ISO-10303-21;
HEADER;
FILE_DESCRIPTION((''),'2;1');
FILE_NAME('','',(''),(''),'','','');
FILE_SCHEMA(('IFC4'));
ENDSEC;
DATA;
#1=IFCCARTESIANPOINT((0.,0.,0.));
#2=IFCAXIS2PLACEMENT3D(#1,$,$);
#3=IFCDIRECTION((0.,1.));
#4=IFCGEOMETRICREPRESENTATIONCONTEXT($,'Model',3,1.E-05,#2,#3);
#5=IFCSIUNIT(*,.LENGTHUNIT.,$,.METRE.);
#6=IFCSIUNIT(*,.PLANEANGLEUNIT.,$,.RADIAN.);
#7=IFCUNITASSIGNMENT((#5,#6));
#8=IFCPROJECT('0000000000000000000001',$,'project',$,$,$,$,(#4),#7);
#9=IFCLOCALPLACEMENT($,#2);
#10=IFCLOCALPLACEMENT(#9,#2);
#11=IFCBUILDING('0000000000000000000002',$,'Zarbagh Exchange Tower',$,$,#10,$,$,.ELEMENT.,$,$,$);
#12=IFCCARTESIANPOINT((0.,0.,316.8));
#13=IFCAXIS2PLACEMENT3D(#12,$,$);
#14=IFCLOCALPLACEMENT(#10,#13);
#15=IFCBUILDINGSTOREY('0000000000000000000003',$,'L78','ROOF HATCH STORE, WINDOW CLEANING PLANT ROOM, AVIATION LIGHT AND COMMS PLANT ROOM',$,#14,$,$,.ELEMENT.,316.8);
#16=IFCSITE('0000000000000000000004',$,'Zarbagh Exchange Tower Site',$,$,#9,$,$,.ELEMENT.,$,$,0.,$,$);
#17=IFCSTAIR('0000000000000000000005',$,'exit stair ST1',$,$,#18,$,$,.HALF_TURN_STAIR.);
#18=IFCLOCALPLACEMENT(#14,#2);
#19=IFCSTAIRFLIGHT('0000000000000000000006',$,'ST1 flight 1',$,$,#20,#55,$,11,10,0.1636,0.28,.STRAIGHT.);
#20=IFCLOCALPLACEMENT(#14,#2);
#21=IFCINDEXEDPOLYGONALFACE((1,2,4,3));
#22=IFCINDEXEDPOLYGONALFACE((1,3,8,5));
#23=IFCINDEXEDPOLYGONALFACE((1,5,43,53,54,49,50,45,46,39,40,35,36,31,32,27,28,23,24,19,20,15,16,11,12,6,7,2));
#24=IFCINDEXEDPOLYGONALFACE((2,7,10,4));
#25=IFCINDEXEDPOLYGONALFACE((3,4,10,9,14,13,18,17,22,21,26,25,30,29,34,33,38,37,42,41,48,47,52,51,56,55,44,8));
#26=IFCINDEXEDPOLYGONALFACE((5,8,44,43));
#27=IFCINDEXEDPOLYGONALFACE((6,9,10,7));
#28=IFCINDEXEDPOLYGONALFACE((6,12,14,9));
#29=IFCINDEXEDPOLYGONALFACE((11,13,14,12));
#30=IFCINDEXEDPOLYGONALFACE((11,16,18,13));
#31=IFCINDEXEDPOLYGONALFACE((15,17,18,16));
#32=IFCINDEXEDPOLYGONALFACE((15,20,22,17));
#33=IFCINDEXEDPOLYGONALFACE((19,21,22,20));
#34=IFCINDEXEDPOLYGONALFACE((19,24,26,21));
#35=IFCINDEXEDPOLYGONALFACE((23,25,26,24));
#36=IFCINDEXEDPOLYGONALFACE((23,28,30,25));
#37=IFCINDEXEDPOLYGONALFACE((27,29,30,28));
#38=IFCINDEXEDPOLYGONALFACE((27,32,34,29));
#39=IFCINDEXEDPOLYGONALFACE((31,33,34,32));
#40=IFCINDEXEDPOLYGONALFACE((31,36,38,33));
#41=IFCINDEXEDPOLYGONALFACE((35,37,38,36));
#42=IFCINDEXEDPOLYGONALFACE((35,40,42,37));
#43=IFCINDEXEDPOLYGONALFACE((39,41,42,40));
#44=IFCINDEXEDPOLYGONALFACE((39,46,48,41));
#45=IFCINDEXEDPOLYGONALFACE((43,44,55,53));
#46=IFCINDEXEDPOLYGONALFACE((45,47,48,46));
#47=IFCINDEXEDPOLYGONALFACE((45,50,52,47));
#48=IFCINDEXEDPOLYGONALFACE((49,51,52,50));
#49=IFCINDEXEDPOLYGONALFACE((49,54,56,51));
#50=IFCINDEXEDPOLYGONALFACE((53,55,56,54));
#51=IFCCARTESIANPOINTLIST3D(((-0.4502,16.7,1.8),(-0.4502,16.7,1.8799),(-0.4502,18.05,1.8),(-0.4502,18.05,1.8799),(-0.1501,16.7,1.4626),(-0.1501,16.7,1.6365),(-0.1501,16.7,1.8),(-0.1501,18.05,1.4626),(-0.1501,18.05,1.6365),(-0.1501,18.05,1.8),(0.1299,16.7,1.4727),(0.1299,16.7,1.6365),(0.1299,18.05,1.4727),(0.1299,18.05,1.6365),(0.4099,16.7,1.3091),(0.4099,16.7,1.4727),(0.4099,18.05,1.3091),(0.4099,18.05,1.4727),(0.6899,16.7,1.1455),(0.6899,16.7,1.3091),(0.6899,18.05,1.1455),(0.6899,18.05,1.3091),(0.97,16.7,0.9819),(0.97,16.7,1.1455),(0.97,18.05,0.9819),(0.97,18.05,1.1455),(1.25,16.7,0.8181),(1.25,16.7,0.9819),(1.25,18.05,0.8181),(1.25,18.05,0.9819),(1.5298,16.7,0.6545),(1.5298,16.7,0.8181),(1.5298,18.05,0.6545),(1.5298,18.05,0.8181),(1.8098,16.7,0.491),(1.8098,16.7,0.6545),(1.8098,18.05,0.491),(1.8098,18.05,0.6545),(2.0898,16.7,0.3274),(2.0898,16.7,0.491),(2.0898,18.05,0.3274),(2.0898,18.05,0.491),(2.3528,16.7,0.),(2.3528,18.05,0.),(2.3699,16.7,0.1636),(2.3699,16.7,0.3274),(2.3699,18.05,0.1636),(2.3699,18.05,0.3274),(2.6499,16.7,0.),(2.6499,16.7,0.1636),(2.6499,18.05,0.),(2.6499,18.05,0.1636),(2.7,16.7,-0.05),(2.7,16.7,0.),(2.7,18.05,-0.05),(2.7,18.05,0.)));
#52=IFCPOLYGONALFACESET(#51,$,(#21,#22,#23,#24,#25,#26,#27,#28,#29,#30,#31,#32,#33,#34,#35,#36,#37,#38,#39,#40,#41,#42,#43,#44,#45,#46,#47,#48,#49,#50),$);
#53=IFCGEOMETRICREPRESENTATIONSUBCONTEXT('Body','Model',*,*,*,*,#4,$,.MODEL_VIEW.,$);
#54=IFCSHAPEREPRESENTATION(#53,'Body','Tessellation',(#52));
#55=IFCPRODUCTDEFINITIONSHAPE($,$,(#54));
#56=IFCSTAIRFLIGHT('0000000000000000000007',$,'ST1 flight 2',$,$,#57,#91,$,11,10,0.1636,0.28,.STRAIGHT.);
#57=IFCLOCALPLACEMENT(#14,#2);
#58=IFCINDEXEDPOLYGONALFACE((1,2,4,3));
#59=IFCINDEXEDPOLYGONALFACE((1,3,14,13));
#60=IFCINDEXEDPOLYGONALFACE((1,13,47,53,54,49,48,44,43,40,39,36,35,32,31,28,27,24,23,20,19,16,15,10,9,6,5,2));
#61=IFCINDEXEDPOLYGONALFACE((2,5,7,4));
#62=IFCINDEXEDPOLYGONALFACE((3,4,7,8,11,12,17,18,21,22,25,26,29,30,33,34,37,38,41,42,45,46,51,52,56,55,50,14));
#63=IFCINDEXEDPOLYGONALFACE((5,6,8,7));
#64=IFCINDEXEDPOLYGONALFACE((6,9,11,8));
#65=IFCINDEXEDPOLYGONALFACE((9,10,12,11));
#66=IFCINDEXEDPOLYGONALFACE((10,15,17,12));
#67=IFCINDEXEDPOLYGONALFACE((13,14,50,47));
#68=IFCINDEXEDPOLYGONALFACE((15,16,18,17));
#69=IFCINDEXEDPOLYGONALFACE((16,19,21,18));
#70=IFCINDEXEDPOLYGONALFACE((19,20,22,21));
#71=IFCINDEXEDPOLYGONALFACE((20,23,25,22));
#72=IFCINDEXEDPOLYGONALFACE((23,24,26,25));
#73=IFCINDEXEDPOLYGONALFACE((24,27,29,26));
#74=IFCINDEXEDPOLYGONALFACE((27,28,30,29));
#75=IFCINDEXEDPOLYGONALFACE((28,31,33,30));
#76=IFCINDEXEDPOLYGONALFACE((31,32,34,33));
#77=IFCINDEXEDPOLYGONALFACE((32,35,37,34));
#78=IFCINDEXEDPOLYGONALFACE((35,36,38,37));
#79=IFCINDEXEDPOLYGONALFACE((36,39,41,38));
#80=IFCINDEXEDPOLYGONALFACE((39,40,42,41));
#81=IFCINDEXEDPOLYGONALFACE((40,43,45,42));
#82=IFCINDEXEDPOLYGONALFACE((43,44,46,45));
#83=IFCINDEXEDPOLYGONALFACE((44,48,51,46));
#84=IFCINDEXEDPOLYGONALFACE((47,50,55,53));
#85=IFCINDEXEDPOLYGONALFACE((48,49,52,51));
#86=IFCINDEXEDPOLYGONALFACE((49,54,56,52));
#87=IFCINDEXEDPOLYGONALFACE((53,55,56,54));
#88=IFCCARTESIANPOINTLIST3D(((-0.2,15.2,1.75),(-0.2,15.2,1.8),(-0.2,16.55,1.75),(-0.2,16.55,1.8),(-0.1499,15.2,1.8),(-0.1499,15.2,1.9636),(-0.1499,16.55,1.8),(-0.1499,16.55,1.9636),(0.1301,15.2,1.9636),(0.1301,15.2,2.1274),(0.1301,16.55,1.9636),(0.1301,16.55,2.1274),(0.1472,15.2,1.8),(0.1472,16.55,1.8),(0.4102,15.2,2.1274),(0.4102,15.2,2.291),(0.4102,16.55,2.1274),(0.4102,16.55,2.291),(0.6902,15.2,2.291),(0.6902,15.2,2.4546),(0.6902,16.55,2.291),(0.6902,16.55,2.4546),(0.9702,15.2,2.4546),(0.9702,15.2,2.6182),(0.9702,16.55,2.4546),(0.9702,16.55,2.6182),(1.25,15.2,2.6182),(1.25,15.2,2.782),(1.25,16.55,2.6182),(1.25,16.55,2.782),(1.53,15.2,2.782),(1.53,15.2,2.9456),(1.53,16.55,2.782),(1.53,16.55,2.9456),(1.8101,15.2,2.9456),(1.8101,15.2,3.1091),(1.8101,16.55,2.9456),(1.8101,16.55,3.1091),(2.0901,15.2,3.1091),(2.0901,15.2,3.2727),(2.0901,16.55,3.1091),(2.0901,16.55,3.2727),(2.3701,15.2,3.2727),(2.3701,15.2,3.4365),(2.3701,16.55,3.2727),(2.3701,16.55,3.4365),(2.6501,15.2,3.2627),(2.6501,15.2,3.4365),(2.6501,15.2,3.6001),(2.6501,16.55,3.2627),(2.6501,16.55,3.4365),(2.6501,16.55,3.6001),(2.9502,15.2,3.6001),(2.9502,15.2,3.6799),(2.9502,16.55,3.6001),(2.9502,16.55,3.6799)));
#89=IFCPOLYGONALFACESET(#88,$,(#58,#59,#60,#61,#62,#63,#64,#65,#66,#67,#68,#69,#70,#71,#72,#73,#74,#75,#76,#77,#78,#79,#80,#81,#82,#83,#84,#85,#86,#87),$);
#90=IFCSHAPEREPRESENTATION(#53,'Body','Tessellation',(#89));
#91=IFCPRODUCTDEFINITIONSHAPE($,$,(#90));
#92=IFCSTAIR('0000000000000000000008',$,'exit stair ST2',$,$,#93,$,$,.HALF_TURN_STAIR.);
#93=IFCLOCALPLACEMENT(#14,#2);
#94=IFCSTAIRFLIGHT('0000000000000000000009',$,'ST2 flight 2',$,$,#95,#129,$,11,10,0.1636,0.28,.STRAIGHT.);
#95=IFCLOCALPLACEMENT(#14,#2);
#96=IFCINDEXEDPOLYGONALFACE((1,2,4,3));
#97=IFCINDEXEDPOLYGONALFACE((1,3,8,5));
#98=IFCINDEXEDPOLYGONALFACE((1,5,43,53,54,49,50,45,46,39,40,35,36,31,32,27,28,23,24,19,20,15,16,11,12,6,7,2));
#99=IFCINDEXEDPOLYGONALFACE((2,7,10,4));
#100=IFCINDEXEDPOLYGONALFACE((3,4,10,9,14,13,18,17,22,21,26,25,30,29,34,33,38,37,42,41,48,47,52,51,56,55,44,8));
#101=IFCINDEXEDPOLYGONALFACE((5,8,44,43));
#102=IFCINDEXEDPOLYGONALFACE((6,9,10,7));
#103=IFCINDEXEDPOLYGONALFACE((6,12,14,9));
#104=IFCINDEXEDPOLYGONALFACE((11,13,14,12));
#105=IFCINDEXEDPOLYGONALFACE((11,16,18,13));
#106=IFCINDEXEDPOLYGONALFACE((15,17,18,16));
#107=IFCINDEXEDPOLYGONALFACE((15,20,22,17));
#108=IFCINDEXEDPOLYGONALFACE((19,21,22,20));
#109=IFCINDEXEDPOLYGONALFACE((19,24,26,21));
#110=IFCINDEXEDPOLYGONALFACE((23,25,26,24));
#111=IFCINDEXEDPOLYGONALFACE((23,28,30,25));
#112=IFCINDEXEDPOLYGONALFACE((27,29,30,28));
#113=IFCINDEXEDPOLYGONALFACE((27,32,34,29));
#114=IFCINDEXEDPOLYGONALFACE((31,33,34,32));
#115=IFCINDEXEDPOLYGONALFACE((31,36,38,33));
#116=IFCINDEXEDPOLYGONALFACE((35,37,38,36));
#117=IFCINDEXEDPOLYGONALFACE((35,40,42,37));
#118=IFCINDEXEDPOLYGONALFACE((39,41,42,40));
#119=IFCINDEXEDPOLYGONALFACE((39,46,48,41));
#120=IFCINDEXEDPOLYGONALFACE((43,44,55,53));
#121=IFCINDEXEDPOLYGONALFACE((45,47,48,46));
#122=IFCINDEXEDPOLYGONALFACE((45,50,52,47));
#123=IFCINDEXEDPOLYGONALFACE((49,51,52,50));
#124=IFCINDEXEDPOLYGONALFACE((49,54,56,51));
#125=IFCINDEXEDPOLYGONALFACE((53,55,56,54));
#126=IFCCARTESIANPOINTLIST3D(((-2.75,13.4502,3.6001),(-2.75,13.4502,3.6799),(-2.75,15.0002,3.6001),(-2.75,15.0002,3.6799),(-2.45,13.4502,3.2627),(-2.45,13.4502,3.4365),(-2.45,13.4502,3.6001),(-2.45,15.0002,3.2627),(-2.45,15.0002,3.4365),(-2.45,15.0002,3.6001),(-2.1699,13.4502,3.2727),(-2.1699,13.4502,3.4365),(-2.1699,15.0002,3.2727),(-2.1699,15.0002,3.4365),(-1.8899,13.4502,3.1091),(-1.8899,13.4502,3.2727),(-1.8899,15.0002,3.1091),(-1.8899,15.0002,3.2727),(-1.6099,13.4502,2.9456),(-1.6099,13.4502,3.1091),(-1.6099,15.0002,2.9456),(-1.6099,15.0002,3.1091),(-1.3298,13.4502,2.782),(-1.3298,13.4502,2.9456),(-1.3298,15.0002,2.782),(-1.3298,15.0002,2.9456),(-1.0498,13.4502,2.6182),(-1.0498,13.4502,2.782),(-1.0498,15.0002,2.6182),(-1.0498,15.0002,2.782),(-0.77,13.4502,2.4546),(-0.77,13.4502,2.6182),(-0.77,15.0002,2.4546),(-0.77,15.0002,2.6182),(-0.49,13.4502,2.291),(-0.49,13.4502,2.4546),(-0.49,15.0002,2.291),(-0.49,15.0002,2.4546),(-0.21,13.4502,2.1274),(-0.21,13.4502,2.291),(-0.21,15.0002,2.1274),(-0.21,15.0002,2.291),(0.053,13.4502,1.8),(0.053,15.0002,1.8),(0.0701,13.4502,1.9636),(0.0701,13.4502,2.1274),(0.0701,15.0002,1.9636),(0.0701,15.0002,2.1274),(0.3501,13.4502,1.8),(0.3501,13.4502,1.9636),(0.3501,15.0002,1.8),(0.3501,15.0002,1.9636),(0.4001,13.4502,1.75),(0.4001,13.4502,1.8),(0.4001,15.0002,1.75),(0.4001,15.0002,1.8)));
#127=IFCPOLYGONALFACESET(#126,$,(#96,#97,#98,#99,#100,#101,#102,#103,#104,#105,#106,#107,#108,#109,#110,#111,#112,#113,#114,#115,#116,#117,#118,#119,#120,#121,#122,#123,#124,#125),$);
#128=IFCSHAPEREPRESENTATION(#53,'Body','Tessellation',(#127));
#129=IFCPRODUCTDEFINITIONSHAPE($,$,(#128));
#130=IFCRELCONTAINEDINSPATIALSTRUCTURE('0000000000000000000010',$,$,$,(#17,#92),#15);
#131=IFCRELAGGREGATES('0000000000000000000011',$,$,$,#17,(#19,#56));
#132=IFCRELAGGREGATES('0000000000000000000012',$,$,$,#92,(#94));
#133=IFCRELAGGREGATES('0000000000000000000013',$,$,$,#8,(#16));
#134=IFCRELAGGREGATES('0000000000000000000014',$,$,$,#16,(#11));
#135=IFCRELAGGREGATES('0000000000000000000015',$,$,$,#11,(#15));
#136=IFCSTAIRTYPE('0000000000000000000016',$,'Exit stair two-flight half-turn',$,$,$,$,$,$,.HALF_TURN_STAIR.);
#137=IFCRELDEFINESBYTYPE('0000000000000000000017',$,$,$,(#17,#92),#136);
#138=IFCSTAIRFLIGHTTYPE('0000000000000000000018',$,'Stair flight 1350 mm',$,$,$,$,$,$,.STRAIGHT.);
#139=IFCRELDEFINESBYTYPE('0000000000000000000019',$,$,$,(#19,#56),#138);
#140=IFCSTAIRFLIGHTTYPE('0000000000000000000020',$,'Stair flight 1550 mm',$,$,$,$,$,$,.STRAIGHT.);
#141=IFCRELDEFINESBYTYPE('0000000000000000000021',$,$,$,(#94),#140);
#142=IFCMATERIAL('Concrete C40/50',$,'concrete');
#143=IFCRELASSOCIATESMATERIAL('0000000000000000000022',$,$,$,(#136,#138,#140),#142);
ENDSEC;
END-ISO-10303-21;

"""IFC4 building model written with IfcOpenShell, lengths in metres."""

from ifc_helpers import new_model, si_unit, direction, frame, origin, place, context, subcontext, project, spatial, polyline, outline, extrude, material, type_object, element, aggregate, save


model = new_model("IFC4")

# Units and contexts
model_context = context("Model", 3, precision=1e-05, world=origin(), true_north=direction((0.0, 1.0)))
body_context = subcontext(model_context, "Body", "Model", "MODEL_VIEW")
ifc_project = project(units=[si_unit("LENGTHUNIT", "METRE"), si_unit("PLANEANGLEUNIT", "RADIAN")], contexts=[model_context])

# Site, building, storey
site_placement = place(None, origin())
site = spatial("IfcSite", under=ifc_project, at=site_placement, Name="Zarbagh Exchange Tower Site", CompositionType="ELEMENT", RefElevation=0.0)
building_placement = place(site_placement, origin())
building = spatial("IfcBuilding", under=site, at=building_placement, Name="Zarbagh Exchange Tower", CompositionType="ELEMENT")
storey_placement = place(building_placement, frame((0.0, 0.0, 316.8)))
storey = spatial("IfcBuildingStorey", under=building, at=storey_placement, Name="L78", Description="ROOF HATCH STORE, WINDOW CLEANING PLANT ROOM, AVIATION LIGHT AND COMMS PLANT ROOM", CompositionType="ELEMENT", Elevation=316.8)

# Shared definitions
ifc_material_1 = material(Name="Concrete C40/50", Category="concrete")

# Stair, stair flights
stair_type = type_object("IfcStairType", Name="Exit stair two-flight half-turn", PredefinedType="HALF_TURN_STAIR", material=ifc_material_1)
stair_1_placement = place(storey_placement, origin())
stair_1 = element("IfcStair", 1, at=stair_1_placement, inside=storey, type_object=stair_type, Name="exit stair ST1", PredefinedType="HALF_TURN_STAIR")
stair_flight_type_1 = type_object("IfcStairFlightType", Name="Stair flight 1350 mm", PredefinedType="STRAIGHT", material=ifc_material_1)
stair_flight_1_placement = place(storey_placement, frame((2.6499, 17.375, 0.0), z_axis=(0.0, 0.0, 1.0), x_axis=(-1.0, 0.0, 0.0)))
stair_flight_1 = element("IfcStairFlight", 2, at=stair_flight_1_placement, type_object=stair_flight_type_1, Name="ST1 flight 1", NumberOfRisers=11, NumberOfTreads=10, PredefinedType="STRAIGHT", RiserHeight=0.1636, TreadLength=0.28, context=body_context, shape_type="SweptSolid", body=[
    extrude(outline(polyline([(-0.05, -0.05), (-0.05, 0.0), (0.0, 0.0), (0.0, 0.1636), (0.28, 0.1636), (0.28, 0.3274), (0.5601, 0.3274), (0.5601, 0.491), (0.8401, 0.491), (0.8401, 0.6545), (1.1201, 0.6545), (1.1201, 0.8181), (1.3999, 0.8181), (1.3999, 0.9819), (1.6799, 0.9819), (1.6799, 1.1455), (1.96, 1.1455), (1.96, 1.3091), (2.24, 1.3091), (2.24, 1.4727), (2.52, 1.4727), (2.52, 1.6365), (2.8, 1.6365), (2.8, 1.8), (3.1001, 1.8799), (3.1001, 1.8), (2.8, 1.4626), (0.2971, 0.0), (-0.05, -0.05)])), frame((0.0, 0.675, 0.0), z_axis=(0.0, -1.0, 0.0), x_axis=(1.0, 0.0, 0.0)), (0.0, 0.0, 1.0), 1.3501),
])
stair_flight_2_placement = place(storey_placement, frame((-0.1499, 15.875, 1.8), z_axis=(0.0, 0.0, 1.0), x_axis=(1.0, 0.0, 0.0)))
stair_flight_2 = element("IfcStairFlight", 3, at=stair_flight_2_placement, type_object=stair_flight_type_1, Name="ST1 flight 2", NumberOfRisers=11, NumberOfTreads=10, PredefinedType="STRAIGHT", RiserHeight=0.1636, TreadLength=0.28, context=body_context, shape_type="SweptSolid", body=[
    extrude(outline(polyline([(-0.05, -0.05), (-0.05, 0.0), (0.0, 0.0), (0.0, 0.1636), (0.28, 0.1636), (0.28, 0.3274), (0.5601, 0.3274), (0.5601, 0.491), (0.8401, 0.491), (0.8401, 0.6545), (1.1201, 0.6545), (1.1201, 0.8181), (1.3999, 0.8181), (1.3999, 0.9819), (1.6799, 0.9819), (1.6799, 1.1455), (1.96, 1.1455), (1.96, 1.3091), (2.24, 1.3091), (2.24, 1.4727), (2.52, 1.4727), (2.52, 1.6365), (2.8, 1.6365), (2.8, 1.8), (3.1001, 1.8799), (3.1001, 1.8), (2.8, 1.4626), (0.2971, 0.0), (-0.05, -0.05)])), frame((0.0, 0.675, 0.0), z_axis=(0.0, -1.0, 0.0), x_axis=(1.0, 0.0, 0.0)), (0.0, 0.0, 1.0), 1.3501),
])
aggregate(stair_1, [stair_flight_1, stair_flight_2])

# Stair, stair flight
stair_2_placement = place(storey_placement, origin())
stair_2 = element("IfcStair", 4, at=stair_2_placement, inside=storey, type_object=stair_type, Name="exit stair ST2", PredefinedType="HALF_TURN_STAIR")
stair_flight_type_2 = type_object("IfcStairFlightType", Name="Stair flight 1550 mm", PredefinedType="STRAIGHT", material=ifc_material_1)
stair_flight_3_placement = place(storey_placement, frame((0.3501, 14.2251, 1.8), z_axis=(0.0, 0.0, 1.0), x_axis=(-1.0, 0.0, 0.0)))
stair_flight_3 = element("IfcStairFlight", 5, at=stair_flight_3_placement, type_object=stair_flight_type_2, Name="ST2 flight 2", NumberOfRisers=11, NumberOfTreads=10, PredefinedType="STRAIGHT", RiserHeight=0.1636, TreadLength=0.28, context=body_context, shape_type="SweptSolid", body=[
    extrude(outline(polyline([(-0.05, -0.05), (-0.05, 0.0), (0.0, 0.0), (0.0, 0.1636), (0.28, 0.1636), (0.28, 0.3274), (0.5601, 0.3274), (0.5601, 0.491), (0.8401, 0.491), (0.8401, 0.6545), (1.1201, 0.6545), (1.1201, 0.8181), (1.3999, 0.8181), (1.3999, 0.9819), (1.6799, 0.9819), (1.6799, 1.1455), (1.96, 1.1455), (1.96, 1.3091), (2.24, 1.3091), (2.24, 1.4727), (2.52, 1.4727), (2.52, 1.6365), (2.8, 1.6365), (2.8, 1.8), (3.1001, 1.8799), (3.1001, 1.8), (2.8, 1.4626), (0.2971, 0.0), (-0.05, -0.05)])), frame((0.0, 0.7749, 0.0), z_axis=(0.0, -1.0, 0.0), x_axis=(1.0, 0.0, 0.0)), (0.0, 0.0, 1.0), 1.55),
])
aggregate(stair_2, [stair_flight_3])

save(model, "model.ifc")
